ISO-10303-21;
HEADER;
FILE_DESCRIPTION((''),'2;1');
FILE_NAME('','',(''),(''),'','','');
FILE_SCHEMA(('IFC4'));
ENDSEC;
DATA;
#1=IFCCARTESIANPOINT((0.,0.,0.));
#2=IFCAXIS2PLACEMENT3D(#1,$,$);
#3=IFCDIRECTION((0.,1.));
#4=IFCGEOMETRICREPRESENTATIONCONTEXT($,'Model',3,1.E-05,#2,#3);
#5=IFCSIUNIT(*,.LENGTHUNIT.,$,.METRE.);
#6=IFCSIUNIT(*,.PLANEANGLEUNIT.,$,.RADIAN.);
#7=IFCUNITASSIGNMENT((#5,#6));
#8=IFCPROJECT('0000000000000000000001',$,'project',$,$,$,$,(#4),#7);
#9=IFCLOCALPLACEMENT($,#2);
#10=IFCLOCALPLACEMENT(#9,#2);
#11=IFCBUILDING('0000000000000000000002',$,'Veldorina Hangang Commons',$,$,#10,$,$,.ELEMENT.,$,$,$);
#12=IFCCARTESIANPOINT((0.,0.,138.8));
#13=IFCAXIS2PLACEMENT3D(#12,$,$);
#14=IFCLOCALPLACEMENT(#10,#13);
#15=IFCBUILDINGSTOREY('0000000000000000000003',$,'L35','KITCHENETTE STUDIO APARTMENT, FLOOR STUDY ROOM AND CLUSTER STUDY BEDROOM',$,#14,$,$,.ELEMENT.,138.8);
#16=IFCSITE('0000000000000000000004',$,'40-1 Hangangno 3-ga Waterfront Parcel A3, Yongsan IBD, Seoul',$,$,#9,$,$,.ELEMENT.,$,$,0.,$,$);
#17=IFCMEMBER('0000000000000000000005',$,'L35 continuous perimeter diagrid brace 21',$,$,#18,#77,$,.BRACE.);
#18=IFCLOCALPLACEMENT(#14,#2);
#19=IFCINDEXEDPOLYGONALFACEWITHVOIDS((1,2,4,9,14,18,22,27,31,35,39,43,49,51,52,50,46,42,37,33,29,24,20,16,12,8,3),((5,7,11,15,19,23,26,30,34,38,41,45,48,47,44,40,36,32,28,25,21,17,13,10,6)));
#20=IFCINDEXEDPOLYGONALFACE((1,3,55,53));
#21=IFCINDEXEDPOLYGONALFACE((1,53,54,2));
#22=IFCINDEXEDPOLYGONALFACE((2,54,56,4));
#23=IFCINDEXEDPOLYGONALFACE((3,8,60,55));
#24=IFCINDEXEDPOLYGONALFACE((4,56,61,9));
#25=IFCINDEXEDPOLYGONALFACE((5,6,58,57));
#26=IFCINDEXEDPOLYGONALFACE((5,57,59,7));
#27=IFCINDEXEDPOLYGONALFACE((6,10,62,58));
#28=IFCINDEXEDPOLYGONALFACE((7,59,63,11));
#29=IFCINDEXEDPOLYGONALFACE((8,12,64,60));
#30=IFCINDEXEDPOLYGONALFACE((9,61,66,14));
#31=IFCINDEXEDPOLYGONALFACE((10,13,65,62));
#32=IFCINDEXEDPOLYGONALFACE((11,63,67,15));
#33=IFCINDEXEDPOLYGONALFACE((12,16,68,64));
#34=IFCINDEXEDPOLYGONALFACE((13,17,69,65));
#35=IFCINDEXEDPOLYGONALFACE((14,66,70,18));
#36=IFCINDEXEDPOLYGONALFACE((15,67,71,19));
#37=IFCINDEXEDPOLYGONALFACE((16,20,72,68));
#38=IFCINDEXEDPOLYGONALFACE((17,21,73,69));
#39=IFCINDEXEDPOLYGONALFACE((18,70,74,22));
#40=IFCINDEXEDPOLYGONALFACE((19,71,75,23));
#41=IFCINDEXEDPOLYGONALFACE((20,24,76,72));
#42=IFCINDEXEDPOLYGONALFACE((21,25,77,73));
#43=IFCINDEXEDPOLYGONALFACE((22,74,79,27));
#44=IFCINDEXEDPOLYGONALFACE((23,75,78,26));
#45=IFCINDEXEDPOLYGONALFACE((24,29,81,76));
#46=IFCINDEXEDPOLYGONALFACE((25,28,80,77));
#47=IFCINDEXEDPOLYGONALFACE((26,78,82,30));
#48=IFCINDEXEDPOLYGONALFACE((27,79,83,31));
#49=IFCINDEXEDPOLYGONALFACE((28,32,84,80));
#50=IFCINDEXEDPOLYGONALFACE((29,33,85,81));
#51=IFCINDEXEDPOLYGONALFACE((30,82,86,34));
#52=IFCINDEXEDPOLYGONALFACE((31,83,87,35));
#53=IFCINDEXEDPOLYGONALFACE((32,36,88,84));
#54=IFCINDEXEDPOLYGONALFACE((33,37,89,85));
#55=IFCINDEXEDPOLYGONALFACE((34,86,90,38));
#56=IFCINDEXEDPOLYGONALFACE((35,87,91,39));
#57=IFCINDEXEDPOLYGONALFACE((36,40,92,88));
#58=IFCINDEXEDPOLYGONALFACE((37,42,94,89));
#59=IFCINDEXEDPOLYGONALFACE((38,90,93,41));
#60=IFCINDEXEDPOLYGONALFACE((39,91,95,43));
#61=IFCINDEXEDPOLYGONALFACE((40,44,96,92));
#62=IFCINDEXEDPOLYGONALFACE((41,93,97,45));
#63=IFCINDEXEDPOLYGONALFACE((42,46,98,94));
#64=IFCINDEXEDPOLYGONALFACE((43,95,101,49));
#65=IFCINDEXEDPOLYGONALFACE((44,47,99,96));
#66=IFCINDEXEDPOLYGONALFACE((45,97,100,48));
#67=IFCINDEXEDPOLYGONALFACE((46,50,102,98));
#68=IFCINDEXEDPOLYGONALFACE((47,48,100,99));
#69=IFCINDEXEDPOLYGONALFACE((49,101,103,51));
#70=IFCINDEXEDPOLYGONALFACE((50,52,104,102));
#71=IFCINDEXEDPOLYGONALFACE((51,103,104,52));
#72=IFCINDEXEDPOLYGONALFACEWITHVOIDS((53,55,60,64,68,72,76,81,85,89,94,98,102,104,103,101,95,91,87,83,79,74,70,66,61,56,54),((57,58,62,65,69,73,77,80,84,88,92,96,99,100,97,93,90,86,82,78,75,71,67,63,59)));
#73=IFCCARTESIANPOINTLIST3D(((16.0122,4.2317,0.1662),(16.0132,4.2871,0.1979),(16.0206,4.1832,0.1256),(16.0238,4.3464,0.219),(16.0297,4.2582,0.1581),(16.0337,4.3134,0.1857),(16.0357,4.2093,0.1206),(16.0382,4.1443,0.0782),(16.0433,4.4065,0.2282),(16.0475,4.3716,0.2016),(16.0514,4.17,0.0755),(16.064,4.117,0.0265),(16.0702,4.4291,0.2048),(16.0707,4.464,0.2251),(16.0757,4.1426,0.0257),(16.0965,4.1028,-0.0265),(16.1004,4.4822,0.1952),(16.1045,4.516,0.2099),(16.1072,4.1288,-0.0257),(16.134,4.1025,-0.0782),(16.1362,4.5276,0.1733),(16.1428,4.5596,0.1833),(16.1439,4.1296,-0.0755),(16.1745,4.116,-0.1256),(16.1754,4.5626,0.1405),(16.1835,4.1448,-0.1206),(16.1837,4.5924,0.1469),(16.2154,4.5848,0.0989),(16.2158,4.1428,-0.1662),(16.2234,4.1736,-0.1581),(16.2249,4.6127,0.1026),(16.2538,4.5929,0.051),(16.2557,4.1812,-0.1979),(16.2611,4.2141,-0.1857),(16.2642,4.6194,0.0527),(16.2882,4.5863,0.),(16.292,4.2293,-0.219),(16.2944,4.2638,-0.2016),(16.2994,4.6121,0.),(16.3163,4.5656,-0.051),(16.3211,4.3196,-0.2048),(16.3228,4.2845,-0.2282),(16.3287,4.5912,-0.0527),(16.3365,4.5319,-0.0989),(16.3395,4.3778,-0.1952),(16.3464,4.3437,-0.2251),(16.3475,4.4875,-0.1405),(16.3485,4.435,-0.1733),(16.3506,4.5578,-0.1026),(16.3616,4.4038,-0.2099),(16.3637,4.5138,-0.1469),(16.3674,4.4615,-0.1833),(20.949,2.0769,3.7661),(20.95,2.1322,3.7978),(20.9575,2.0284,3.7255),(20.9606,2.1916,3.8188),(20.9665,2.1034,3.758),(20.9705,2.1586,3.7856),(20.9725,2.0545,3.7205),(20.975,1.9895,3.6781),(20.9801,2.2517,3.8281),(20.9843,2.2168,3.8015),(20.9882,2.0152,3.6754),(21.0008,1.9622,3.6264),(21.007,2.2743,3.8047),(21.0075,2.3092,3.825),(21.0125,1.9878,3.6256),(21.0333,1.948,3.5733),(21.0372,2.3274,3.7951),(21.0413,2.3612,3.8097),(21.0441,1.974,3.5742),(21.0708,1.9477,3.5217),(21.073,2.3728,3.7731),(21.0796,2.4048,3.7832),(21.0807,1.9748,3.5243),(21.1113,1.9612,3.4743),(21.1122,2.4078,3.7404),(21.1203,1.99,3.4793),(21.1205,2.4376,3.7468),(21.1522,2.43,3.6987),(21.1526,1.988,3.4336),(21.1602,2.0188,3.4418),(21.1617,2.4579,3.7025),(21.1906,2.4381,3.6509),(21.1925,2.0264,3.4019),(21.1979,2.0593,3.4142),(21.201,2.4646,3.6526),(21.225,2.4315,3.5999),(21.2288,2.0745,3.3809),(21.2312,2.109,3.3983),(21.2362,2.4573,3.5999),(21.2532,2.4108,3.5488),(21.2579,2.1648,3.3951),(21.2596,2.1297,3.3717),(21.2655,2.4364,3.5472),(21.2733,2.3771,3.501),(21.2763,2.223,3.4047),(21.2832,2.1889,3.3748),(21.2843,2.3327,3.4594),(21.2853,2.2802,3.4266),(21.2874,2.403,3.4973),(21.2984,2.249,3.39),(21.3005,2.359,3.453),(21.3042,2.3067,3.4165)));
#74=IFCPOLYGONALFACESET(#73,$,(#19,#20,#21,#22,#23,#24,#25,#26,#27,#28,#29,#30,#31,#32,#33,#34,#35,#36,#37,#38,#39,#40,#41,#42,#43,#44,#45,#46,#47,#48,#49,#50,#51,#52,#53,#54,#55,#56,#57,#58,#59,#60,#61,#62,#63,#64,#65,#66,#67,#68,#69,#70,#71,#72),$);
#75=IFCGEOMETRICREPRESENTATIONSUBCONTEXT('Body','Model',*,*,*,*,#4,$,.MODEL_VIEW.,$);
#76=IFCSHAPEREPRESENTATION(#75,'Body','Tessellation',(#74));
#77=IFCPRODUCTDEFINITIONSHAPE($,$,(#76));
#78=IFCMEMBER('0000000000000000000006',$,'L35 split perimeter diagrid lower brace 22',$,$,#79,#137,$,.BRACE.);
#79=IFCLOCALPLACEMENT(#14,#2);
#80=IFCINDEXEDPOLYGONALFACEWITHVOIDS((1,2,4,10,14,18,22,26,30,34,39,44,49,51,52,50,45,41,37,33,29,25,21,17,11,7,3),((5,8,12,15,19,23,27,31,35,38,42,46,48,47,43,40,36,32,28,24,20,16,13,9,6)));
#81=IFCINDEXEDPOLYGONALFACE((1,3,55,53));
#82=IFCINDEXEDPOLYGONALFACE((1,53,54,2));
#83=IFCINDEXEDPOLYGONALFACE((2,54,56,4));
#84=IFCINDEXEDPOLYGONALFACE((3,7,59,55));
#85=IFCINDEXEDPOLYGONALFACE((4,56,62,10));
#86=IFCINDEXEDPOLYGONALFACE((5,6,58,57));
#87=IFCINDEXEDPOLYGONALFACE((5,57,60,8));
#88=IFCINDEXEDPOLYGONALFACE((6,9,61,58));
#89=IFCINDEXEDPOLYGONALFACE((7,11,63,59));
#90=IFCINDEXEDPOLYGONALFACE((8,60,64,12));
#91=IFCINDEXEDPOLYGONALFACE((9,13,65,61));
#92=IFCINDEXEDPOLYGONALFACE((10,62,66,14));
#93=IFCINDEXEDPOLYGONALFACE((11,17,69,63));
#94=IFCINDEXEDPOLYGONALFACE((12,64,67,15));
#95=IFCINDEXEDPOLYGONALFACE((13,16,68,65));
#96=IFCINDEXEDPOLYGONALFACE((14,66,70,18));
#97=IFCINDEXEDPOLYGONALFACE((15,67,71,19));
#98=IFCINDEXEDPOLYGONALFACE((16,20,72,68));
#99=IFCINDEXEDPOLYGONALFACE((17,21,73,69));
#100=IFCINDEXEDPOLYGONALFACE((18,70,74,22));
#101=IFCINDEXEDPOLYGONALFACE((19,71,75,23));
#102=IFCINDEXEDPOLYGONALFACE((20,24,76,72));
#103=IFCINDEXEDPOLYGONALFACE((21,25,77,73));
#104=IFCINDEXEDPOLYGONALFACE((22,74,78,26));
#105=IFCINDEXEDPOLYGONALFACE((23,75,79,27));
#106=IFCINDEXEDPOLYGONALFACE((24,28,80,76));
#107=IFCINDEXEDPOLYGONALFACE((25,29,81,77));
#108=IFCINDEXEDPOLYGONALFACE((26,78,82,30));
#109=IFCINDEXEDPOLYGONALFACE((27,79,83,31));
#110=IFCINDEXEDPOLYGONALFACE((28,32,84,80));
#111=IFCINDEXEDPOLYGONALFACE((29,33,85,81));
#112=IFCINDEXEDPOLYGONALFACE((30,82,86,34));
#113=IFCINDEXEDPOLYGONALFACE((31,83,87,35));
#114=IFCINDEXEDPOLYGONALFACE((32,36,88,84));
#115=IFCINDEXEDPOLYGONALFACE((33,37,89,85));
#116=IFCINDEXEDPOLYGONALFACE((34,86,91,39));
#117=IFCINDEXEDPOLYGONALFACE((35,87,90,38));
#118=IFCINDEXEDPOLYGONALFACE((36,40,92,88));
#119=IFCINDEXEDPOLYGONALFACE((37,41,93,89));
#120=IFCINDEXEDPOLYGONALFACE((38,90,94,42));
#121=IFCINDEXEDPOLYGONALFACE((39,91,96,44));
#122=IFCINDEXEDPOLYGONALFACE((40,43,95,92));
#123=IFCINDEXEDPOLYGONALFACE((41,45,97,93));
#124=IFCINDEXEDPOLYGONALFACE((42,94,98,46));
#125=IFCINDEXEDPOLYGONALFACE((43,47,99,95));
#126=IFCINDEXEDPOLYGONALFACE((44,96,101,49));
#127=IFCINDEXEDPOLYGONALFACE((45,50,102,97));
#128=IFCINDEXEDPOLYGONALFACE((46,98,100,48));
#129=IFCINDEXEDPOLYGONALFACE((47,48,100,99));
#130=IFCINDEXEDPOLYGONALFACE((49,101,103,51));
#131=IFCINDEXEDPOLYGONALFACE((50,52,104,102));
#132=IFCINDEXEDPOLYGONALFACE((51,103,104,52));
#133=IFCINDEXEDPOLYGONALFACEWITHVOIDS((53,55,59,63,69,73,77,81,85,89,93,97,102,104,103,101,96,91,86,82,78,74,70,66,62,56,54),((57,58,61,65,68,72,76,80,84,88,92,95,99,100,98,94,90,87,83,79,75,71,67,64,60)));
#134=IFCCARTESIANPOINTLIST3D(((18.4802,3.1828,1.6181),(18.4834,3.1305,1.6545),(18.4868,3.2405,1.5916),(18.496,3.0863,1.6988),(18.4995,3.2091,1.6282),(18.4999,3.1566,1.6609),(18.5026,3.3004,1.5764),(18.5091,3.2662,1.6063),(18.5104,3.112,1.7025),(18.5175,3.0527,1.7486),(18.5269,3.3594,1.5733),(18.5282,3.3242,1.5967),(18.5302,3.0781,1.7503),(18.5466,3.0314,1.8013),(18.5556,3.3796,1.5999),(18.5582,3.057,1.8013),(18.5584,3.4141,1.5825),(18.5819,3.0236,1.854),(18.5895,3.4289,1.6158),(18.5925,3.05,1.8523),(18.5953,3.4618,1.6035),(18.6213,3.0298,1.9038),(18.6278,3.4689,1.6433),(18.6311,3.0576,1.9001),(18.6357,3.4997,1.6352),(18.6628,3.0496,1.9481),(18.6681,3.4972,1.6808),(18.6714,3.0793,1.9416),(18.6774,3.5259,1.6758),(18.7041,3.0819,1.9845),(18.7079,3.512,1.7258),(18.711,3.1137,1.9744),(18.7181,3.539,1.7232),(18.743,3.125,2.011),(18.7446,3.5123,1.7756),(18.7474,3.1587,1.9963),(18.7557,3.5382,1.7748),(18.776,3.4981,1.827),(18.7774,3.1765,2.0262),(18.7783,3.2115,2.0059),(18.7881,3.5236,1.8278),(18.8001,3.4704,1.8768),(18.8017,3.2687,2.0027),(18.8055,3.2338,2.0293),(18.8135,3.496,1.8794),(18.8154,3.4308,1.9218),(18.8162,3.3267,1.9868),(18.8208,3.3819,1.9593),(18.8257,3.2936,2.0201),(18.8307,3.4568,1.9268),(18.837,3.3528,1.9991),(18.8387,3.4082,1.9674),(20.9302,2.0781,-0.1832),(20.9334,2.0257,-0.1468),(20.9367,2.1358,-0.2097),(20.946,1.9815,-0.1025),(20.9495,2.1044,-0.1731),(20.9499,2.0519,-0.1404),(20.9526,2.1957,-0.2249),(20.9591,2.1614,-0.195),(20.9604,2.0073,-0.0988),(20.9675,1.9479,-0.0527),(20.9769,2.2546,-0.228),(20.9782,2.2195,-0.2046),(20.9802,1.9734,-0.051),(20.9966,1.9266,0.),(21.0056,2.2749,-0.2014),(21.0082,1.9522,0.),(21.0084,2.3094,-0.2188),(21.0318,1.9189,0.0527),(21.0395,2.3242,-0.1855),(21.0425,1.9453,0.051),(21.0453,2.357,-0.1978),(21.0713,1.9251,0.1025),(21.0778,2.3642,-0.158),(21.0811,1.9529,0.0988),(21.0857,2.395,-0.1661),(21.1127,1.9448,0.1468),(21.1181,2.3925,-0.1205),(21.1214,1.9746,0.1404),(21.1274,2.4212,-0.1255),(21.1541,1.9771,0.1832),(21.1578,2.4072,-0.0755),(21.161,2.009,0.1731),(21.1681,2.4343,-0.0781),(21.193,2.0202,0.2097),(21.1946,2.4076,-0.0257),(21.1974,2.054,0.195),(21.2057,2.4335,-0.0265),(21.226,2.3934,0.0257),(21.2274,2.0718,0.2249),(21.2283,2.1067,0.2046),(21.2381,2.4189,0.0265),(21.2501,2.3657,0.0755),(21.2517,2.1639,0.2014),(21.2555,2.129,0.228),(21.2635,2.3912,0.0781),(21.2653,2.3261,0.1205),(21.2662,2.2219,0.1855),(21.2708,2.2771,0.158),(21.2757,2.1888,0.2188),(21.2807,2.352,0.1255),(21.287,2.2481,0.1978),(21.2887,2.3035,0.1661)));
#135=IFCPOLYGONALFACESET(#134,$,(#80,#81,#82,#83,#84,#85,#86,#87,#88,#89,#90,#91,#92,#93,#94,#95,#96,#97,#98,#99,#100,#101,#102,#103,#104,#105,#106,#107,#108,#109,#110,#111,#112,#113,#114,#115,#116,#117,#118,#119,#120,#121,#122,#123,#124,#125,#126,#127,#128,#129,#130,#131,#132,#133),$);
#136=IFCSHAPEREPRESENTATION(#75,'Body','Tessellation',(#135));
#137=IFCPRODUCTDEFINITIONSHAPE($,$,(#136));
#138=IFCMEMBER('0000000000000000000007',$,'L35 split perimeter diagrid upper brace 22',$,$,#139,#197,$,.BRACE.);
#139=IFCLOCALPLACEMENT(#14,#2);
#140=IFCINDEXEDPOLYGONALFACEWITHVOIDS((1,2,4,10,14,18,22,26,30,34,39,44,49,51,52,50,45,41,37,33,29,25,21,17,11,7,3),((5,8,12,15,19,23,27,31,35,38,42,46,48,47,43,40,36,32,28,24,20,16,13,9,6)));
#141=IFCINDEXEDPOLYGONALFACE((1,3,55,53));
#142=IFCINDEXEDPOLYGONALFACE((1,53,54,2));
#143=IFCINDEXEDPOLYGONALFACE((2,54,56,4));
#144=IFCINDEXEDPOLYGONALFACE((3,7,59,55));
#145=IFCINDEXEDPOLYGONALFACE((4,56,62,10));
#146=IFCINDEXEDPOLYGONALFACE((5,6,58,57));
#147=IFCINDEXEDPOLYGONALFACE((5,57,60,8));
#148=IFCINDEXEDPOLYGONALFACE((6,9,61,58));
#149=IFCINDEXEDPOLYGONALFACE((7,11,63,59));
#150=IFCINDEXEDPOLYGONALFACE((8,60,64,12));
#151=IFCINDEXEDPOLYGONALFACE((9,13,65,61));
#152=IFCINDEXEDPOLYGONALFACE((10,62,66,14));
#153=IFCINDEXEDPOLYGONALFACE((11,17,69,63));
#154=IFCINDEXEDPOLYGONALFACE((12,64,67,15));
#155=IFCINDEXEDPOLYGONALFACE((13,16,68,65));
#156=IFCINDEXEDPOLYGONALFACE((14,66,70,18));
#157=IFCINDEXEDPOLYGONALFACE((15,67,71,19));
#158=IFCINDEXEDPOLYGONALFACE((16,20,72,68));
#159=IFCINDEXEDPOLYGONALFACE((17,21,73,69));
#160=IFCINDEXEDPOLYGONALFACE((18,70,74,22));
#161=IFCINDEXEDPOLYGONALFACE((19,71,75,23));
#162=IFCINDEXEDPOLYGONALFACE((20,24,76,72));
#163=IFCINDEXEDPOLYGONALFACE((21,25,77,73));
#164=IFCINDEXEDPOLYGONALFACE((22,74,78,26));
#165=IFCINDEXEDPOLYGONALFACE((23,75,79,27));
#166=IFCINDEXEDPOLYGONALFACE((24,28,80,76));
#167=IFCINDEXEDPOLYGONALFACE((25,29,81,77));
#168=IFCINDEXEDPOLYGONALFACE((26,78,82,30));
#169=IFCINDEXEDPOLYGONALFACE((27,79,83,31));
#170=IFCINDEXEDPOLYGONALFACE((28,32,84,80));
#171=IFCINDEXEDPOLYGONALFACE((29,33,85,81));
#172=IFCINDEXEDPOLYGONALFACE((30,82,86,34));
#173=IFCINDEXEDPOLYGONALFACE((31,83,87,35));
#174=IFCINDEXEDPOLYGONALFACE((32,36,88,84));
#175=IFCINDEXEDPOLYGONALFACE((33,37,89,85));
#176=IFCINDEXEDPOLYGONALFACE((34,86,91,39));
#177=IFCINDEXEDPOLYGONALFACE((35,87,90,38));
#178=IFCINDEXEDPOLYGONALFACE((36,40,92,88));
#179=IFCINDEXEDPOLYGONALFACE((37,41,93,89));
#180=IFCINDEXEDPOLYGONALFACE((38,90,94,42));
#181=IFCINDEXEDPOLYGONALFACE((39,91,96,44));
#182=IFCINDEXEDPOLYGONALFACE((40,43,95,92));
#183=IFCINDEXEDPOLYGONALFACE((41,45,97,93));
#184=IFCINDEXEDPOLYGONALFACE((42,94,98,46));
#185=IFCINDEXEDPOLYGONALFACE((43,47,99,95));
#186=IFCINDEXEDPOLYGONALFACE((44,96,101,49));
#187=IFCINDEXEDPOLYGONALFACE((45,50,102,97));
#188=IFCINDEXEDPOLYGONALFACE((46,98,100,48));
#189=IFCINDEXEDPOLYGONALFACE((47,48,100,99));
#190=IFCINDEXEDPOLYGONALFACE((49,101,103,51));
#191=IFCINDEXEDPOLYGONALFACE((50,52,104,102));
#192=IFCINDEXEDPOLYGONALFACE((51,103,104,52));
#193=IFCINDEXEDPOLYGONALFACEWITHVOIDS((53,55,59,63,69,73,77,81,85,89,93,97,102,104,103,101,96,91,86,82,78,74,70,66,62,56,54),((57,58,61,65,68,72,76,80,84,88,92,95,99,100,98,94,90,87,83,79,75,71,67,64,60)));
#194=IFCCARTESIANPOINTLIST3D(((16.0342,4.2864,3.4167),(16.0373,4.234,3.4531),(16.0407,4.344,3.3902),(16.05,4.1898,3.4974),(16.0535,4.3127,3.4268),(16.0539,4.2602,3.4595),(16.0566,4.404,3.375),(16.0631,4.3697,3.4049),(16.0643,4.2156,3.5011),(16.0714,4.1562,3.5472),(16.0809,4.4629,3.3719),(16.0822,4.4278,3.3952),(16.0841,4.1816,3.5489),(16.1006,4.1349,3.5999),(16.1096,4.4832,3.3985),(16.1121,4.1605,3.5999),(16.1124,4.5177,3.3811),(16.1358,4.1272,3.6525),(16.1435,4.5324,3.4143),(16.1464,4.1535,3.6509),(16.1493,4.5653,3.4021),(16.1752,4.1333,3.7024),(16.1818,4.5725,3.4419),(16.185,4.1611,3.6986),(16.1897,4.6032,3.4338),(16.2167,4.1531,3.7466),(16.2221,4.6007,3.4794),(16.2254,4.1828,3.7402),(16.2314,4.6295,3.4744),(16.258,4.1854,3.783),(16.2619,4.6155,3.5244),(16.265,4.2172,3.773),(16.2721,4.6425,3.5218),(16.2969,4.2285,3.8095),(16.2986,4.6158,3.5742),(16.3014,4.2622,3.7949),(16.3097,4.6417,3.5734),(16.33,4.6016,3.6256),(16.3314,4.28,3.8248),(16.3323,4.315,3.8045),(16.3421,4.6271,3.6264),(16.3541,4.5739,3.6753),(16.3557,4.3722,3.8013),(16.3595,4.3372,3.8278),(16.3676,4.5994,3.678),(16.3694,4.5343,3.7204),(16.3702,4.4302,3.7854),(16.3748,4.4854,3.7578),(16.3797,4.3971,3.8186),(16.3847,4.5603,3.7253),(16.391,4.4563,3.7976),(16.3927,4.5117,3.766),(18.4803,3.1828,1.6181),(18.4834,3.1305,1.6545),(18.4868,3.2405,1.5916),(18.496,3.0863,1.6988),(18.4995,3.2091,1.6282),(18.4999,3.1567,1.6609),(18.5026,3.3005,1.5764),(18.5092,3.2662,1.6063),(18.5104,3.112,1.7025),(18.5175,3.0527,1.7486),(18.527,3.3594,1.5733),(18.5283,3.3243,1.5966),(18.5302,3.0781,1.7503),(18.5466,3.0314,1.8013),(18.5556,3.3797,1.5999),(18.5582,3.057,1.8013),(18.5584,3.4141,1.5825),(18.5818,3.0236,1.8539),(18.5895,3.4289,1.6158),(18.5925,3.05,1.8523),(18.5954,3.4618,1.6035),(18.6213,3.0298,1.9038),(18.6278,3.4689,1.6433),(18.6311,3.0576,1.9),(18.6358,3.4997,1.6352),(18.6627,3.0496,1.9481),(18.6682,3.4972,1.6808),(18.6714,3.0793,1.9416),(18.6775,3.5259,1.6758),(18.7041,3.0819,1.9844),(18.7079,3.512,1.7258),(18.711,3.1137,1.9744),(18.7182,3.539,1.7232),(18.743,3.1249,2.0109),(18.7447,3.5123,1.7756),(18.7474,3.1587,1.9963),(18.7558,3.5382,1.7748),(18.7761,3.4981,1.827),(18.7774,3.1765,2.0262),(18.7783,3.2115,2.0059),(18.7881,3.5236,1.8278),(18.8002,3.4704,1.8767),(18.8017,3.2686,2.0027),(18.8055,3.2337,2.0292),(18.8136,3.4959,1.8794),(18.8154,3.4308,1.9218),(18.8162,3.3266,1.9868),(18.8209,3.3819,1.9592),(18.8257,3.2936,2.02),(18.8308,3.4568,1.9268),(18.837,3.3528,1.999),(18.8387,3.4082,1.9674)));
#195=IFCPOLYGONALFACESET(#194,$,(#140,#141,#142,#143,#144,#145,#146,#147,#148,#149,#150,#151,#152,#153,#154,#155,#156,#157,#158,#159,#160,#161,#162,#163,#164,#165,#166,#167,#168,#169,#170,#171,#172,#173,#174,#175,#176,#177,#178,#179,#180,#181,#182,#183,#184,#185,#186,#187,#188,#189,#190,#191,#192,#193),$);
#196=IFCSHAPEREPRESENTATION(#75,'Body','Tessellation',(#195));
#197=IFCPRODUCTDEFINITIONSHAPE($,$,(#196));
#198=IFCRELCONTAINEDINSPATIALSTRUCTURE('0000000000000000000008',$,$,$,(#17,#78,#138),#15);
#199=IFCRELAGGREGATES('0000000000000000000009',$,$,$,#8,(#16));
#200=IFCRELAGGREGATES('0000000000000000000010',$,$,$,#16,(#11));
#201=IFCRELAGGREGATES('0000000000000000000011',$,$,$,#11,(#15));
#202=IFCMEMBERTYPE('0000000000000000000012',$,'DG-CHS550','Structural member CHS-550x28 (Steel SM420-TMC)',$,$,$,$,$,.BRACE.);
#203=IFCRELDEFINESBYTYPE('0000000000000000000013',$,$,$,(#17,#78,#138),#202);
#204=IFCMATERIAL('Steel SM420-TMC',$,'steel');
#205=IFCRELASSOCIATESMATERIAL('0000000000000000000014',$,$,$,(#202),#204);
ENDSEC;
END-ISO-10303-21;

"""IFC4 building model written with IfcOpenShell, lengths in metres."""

from ifc_helpers import new_model, si_unit, direction, frame, origin, origin_2d, place, context, subcontext, project, spatial, hollow_circle, extrude, material, material_profile, profile_set, type_object, element, save


model = new_model("IFC4")

# Units and contexts
model_context = context("Model", 3, precision=1e-05, world=origin(), true_north=direction((0.0, 1.0)))
body_context = subcontext(model_context, "Body", "Model", "MODEL_VIEW")
ifc_project = project(units=[si_unit("LENGTHUNIT", "METRE"), si_unit("PLANEANGLEUNIT", "RADIAN")], contexts=[model_context])

# Site, building, storey
site_placement = place(None, origin())
site = spatial("IfcSite", under=ifc_project, at=site_placement, Name="40-1 Hangangno 3-ga Waterfront Parcel A3, Yongsan IBD, Seoul", CompositionType="ELEMENT", RefElevation=0.0)
building_placement = place(site_placement, origin())
building = spatial("IfcBuilding", under=site, at=building_placement, Name="Veldorina Hangang Commons", CompositionType="ELEMENT")
storey_placement = place(building_placement, frame((0.0, 0.0, 138.8)))
storey = spatial("IfcBuildingStorey", under=building, at=storey_placement, Name="L35", Description="KITCHENETTE STUDIO APARTMENT, FLOOR STUDY ROOM AND CLUSTER STUDY BEDROOM", CompositionType="ELEMENT", Elevation=138.8)

# Shared definitions
ifc_material_1 = material(Name="Steel SM420-TMC", Category="steel")

# Members
ifc_material_profile_1 = material_profile(ifc_material_1, hollow_circle(Radius=0.2749, WallThickness=0.0281, at=origin_2d()), Name="CHS-550x28")
ifc_profile_set_1 = profile_set([ifc_material_profile_1], Name="Steel SM420-TMC")
member_type = type_object("IfcMemberType", Name="DG-CHS550", Description="Structural member CHS-550x28 (Steel SM420-TMC)", PredefinedType="BRACE", material=ifc_profile_set_1)
member_1_placement = place(storey_placement, frame((16.1895, 4.3601, 0.0), z_axis=(0.761998, -0.332595, 0.555643), x_axis=(0.400032, 0.916501, 0.0)))
element("IfcMember", 1, at=member_1_placement, inside=storey, type_object=member_type, Name="L35 continuous perimeter diagrid brace 21", PredefinedType="BRACE", context=body_context, shape_type="SweptSolid", body=[
    extrude(hollow_circle(Radius=0.2749, WallThickness=0.0281, at=origin_2d()), origin(), (0.0, 0.0, 1.0), 6.4788),
])
member_2_placement = place(storey_placement, frame((21.1096, 2.1772, 0.0), z_axis=(-0.757252, 0.341462, 0.556752), x_axis=(-0.411063, -0.911607, 0.0)))
element("IfcMember", 2, at=member_2_placement, inside=storey, type_object=member_type, Name="L35 split perimeter diagrid lower brace 22", PredefinedType="BRACE", context=body_context, shape_type="SweptSolid", body=[
    extrude(hollow_circle(Radius=0.2749, WallThickness=0.0281, at=origin_2d()), origin(), (0.0, 0.0, 1.0), 3.2354),
])
member_3_placement = place(storey_placement, frame((18.6597, 3.282, 1.8013), z_axis=(-0.757185, 0.341598, 0.55676), x_axis=(-0.411231, -0.911531, 0.0)))
element("IfcMember", 3, at=member_3_placement, inside=storey, type_object=member_type, Name="L35 split perimeter diagrid upper brace 22", PredefinedType="BRACE", context=body_context, shape_type="SweptSolid", body=[
    extrude(hollow_circle(Radius=0.2749, WallThickness=0.0281, at=origin_2d()), origin(), (0.0, 0.0, 1.0), 3.2305),
])

save(model, "model.ifc")
